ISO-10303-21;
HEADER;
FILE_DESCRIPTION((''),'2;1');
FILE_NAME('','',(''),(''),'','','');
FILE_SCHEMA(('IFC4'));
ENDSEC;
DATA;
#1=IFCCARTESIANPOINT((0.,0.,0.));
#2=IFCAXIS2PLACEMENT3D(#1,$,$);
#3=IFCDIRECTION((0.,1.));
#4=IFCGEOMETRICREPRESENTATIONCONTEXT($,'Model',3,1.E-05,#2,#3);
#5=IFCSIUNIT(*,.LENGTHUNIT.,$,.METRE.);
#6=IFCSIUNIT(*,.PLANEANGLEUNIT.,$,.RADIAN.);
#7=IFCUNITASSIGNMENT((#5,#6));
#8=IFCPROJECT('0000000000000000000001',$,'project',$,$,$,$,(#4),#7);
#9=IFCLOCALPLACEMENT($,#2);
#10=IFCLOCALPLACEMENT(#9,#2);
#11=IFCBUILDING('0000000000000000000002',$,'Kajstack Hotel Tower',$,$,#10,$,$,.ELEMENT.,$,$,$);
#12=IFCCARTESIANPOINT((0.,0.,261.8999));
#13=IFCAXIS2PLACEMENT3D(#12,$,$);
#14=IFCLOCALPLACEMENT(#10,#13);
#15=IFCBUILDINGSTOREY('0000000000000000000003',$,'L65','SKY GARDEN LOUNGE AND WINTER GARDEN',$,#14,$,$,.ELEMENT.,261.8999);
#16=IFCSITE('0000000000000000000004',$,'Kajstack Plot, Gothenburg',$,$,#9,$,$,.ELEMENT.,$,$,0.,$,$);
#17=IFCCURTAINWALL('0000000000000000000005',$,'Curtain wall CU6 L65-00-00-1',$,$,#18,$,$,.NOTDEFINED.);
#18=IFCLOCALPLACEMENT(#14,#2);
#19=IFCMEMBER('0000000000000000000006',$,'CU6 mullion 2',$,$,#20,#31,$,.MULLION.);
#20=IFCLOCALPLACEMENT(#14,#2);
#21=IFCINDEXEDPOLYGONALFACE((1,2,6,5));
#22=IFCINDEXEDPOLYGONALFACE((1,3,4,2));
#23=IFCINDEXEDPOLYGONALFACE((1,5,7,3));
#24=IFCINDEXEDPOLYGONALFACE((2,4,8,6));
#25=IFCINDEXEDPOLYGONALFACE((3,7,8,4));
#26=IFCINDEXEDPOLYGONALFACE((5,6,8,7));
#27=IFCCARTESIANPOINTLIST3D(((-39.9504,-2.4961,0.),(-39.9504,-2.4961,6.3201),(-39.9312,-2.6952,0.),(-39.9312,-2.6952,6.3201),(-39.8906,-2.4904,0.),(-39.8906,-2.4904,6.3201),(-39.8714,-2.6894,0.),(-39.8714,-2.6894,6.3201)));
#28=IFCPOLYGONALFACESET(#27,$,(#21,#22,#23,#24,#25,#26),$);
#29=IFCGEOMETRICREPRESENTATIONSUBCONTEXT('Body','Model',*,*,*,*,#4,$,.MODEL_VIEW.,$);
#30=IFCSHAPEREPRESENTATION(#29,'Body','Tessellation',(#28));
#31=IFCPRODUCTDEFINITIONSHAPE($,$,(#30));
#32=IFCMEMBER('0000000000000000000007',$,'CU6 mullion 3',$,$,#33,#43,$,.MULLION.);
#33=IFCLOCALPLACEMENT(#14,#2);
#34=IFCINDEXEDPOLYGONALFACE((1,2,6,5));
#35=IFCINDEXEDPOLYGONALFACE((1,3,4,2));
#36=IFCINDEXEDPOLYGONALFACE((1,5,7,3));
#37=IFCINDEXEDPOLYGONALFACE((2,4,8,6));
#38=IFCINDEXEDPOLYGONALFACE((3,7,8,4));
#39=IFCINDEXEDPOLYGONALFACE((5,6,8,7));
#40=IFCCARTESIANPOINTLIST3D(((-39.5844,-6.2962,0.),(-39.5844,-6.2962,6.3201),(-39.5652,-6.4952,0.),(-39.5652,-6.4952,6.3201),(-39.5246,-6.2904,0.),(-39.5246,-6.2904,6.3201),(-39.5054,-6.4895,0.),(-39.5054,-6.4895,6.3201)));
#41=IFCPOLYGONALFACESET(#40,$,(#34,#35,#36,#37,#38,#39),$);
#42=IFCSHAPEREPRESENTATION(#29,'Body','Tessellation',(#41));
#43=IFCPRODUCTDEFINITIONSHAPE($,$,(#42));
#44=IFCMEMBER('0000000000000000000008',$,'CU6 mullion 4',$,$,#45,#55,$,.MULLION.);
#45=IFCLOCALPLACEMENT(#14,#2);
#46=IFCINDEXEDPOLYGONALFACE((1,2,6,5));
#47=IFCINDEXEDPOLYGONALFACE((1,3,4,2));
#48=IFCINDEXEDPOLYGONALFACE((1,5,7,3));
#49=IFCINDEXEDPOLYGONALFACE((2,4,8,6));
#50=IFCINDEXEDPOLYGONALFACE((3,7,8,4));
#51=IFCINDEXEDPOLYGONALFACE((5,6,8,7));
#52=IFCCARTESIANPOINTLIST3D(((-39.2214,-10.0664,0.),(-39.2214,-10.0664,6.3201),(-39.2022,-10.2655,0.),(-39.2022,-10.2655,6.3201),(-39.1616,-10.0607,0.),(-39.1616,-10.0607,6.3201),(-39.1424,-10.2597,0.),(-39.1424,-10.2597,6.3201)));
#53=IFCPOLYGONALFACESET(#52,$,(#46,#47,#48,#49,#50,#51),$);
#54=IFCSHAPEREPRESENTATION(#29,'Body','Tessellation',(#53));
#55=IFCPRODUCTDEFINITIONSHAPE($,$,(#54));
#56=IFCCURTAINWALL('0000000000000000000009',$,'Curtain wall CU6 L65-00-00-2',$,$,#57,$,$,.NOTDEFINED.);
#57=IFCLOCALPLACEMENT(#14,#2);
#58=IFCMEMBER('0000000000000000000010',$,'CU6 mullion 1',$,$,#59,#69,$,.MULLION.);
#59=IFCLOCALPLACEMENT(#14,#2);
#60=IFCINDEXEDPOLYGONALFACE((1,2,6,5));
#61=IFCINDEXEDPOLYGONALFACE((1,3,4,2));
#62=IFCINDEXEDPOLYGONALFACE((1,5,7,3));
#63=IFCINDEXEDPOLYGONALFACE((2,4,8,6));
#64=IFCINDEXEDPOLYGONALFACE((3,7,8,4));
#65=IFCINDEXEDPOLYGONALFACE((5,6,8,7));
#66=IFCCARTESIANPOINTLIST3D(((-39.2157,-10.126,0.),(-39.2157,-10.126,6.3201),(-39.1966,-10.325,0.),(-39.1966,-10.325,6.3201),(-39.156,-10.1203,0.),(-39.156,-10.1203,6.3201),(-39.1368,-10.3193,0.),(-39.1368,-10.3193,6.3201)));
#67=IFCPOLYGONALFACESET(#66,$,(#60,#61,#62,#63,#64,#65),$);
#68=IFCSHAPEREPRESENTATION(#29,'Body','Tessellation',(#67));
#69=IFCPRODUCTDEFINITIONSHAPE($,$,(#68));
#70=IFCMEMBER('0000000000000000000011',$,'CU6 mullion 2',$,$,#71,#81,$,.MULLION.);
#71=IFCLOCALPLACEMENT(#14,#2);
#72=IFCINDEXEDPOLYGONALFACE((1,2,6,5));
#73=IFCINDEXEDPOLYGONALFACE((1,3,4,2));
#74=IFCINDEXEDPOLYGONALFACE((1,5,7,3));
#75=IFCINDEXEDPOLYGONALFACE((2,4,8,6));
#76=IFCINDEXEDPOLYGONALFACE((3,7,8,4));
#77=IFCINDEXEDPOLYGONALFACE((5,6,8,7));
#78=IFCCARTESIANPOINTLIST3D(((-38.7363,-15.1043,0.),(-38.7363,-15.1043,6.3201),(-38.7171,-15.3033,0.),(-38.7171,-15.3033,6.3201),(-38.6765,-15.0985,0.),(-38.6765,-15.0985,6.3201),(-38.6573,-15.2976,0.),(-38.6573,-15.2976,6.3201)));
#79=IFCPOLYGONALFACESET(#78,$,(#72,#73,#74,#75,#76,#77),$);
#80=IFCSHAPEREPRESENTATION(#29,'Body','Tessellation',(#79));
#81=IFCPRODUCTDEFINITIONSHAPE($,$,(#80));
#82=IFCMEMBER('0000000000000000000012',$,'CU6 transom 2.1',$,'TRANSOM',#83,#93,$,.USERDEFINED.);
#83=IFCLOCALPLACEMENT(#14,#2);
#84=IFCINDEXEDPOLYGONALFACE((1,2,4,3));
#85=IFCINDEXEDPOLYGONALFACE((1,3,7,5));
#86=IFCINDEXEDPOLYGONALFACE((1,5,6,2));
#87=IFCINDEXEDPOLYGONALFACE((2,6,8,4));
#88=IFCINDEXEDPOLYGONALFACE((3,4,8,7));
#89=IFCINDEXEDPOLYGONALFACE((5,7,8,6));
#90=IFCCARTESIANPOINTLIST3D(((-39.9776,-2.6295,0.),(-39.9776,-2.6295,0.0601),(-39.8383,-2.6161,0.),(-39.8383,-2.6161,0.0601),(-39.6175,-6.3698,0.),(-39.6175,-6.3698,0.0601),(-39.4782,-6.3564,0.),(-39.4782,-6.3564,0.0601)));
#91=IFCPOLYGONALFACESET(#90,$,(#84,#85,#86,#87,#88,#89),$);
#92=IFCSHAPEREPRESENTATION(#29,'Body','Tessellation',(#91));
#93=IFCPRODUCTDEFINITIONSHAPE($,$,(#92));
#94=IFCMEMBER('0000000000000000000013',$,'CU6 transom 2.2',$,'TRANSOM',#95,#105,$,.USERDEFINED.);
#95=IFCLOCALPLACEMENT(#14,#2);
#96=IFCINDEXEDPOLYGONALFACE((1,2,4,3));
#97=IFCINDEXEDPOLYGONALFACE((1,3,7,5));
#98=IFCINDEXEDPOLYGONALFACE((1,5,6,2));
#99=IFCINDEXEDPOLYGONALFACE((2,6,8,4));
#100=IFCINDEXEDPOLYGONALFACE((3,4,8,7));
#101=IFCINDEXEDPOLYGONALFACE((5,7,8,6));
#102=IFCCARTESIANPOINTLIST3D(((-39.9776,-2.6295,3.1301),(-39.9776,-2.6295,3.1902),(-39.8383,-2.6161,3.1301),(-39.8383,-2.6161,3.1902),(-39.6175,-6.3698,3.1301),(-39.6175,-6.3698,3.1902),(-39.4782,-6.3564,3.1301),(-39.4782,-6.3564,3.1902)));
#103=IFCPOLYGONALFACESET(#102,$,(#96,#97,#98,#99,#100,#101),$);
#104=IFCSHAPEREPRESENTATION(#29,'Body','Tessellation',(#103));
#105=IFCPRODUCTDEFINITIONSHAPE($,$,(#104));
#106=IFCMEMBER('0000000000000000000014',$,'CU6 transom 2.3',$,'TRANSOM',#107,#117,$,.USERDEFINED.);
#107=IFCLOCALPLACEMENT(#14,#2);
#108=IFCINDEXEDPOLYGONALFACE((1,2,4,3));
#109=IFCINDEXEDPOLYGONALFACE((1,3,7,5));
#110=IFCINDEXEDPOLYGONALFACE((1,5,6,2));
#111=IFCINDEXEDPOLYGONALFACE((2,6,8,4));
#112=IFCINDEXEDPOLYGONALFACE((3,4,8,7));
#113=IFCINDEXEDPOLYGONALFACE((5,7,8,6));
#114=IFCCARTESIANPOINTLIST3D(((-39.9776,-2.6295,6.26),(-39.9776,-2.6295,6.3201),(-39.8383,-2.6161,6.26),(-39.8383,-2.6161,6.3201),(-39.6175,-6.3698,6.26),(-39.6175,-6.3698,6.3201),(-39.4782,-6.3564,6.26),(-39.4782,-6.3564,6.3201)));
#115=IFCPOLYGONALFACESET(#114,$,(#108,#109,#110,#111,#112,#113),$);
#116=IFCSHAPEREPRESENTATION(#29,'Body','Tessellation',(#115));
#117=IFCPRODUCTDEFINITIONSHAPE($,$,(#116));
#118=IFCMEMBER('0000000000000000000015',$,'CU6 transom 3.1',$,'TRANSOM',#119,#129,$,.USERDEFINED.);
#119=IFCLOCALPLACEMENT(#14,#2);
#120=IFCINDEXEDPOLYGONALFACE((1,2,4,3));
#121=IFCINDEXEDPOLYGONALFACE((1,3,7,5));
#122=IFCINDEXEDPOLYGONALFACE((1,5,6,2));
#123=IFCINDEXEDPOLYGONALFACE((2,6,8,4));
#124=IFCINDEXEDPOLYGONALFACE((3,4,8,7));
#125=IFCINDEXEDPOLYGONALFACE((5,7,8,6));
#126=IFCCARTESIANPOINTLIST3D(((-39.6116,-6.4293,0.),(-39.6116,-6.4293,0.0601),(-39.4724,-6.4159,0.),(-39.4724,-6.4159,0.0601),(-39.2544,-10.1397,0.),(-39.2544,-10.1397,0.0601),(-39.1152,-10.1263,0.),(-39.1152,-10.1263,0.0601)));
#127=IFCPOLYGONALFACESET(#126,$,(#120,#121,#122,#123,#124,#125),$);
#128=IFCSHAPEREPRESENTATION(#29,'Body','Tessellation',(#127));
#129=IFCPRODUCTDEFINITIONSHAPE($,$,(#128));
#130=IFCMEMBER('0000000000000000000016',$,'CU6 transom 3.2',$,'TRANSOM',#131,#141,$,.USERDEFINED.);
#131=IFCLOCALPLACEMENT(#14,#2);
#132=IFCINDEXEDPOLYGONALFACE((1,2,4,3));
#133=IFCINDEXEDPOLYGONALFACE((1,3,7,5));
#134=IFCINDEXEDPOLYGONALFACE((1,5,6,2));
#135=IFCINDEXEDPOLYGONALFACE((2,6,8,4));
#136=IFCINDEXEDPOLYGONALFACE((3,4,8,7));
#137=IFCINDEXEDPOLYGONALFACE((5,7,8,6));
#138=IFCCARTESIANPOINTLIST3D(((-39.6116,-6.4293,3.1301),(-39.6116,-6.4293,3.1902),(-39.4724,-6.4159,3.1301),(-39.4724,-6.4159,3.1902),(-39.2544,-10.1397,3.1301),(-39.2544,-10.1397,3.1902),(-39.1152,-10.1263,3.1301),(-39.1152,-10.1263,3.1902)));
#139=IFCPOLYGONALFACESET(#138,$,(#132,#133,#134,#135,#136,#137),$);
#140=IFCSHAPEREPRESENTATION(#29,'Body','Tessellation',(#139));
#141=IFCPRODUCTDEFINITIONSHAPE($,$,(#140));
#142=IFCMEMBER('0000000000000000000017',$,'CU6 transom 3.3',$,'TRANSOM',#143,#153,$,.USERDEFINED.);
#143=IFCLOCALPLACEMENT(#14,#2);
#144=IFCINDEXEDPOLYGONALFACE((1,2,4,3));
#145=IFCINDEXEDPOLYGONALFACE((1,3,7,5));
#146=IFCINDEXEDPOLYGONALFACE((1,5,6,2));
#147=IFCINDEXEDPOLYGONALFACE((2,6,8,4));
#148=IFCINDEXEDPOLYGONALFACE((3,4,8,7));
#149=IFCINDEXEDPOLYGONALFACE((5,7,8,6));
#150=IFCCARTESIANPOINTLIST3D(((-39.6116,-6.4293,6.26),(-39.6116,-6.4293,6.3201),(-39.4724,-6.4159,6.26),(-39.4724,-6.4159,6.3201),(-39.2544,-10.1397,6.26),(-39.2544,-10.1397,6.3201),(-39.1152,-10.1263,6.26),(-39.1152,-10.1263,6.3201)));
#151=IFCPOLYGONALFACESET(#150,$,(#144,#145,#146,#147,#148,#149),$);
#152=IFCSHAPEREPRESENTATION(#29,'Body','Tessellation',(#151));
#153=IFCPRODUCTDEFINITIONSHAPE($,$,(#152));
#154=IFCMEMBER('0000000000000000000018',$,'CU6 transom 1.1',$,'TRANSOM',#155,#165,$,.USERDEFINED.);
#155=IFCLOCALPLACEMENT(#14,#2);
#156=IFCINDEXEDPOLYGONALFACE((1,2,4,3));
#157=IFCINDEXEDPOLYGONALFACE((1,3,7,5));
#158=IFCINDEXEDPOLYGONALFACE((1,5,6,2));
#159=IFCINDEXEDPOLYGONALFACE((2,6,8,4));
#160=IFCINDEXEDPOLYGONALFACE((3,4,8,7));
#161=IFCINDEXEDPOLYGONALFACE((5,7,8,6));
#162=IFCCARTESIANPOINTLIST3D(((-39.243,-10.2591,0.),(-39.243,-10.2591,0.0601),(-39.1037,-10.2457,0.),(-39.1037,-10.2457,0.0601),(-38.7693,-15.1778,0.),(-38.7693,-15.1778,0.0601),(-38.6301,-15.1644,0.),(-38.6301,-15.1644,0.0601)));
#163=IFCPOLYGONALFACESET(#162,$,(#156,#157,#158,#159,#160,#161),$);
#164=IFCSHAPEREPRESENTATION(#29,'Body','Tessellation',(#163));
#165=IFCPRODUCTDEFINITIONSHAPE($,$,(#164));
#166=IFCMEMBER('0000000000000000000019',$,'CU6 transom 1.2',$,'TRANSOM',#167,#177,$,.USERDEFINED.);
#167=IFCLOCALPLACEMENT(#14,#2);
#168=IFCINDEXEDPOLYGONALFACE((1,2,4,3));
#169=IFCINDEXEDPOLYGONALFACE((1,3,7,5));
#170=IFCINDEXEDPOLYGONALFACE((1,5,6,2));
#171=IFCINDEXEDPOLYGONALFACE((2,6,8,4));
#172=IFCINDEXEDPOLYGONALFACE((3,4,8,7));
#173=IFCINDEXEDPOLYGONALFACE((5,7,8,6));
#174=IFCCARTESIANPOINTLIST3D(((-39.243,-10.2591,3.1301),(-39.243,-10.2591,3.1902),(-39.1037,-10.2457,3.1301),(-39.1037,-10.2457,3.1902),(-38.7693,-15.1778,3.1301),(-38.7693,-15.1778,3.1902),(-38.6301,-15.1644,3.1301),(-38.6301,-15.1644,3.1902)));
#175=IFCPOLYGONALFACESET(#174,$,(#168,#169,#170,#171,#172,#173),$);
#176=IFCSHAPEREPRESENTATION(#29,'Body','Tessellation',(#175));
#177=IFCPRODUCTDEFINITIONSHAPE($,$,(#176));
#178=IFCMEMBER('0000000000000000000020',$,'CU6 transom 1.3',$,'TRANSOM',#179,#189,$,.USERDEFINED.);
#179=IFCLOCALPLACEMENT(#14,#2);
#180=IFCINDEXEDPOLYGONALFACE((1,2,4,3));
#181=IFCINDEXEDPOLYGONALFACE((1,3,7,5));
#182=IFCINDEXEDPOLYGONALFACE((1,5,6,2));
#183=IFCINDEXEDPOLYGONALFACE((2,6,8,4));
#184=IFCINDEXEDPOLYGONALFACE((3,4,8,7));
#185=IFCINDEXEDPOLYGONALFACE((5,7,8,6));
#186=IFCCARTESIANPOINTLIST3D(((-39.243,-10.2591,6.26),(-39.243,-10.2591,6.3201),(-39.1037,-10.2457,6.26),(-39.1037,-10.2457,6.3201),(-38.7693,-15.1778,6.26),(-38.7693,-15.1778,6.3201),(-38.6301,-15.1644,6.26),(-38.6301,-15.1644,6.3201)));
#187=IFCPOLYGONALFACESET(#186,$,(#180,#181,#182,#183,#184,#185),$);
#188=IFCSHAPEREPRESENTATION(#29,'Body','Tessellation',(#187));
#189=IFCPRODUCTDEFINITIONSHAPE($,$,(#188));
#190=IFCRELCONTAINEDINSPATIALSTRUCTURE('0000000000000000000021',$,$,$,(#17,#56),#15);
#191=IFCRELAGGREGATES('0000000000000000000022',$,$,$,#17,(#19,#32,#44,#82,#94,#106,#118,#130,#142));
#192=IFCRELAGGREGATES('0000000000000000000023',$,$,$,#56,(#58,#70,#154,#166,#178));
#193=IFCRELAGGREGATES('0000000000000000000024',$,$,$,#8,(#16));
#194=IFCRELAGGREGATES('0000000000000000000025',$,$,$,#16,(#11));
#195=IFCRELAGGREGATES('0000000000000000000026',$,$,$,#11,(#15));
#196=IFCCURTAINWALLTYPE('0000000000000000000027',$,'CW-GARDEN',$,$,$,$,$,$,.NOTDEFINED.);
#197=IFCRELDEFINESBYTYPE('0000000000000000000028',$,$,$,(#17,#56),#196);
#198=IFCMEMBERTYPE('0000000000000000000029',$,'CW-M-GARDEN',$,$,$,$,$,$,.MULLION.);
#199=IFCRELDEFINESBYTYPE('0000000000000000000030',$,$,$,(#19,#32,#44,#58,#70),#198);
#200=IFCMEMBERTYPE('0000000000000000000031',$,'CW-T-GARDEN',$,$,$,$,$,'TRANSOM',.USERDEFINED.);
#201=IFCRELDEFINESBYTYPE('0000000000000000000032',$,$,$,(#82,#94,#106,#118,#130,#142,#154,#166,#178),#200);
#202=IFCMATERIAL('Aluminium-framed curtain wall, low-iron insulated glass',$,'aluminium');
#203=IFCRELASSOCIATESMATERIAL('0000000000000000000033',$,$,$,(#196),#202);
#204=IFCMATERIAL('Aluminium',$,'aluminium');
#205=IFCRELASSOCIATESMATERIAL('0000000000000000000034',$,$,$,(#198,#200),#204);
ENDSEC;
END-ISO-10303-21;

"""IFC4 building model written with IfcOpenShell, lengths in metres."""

from ifc_helpers import new_model, si_unit, direction, frame, origin, origin_2d, place, context, subcontext, project, spatial, rectangle, extrude, material, material_profile, profile_set, type_object, element, aggregate, save


model = new_model("IFC4")

# Units and contexts
model_context = context("Model", 3, precision=1e-05, world=origin(), true_north=direction((0.0, 1.0)))
body_context = subcontext(model_context, "Body", "Model", "MODEL_VIEW")
ifc_project = project(units=[si_unit("LENGTHUNIT", "METRE"), si_unit("PLANEANGLEUNIT", "RADIAN")], contexts=[model_context])

# Site, building, storey
site_placement = place(None, origin())
site = spatial("IfcSite", under=ifc_project, at=site_placement, Name="Kajstack Plot, Gothenburg", CompositionType="ELEMENT", RefElevation=0.0)
building_placement = place(site_placement, origin())
building = spatial("IfcBuilding", under=site, at=building_placement, Name="Kajstack Hotel Tower", CompositionType="ELEMENT")
storey_placement = place(building_placement, frame((0.0, 0.0, 261.8999)))
storey = spatial("IfcBuildingStorey", under=building, at=storey_placement, Name="L65", Description="SKY GARDEN LOUNGE AND WINTER GARDEN", CompositionType="ELEMENT", Elevation=261.8999)

# Curtain walls, members
ifc_material_1 = material(Name="Aluminium-framed curtain wall, low-iron insulated glass", Category="aluminium")
curtain_wall_type = type_object("IfcCurtainWallType", Name="CW-GARDEN", PredefinedType="NOTDEFINED", material=ifc_material_1)
curtain_wall_1_placement = place(storey_placement, origin())
curtain_wall_1 = element("IfcCurtainWall", 1, at=curtain_wall_1_placement, inside=storey, type_object=curtain_wall_type, Name="Curtain wall CU6 L65-00-00-1", PredefinedType="NOTDEFINED")
ifc_material_2 = material(Name="Aluminium", Category="aluminium")
ifc_material_profile_1 = material_profile(ifc_material_2, rectangle(XDim=0.0601, YDim=0.2, at=origin_2d()), Name="Aluminium mullion 60 x 200")
ifc_profile_set_1 = profile_set([ifc_material_profile_1], Name="Aluminium")
member_type_1 = type_object("IfcMemberType", Name="CW-M-GARDEN", PredefinedType="MULLION", material=ifc_profile_set_1)
member_1_placement = place(storey_placement, frame((-39.9109, -2.5928, 0.0), z_axis=(0.0, 0.0, 1.0), x_axis=(0.995396, 0.095847, 0.0)))
member_1 = element("IfcMember", 2, at=member_1_placement, type_object=member_type_1, Name="CU6 mullion 2", PredefinedType="MULLION", context=body_context, shape_type="SweptSolid", body=[
    extrude(rectangle(XDim=0.0601, YDim=0.2, at=origin_2d()), origin(), (0.0, 0.0, 1.0), 6.3201),
])
member_2_placement = place(storey_placement, frame((-39.5449, -6.3928, 0.0), z_axis=(0.0, 0.0, 1.0), x_axis=(0.995396, 0.095847, 0.0)))
member_2 = element("IfcMember", 3, at=member_2_placement, type_object=member_type_1, Name="CU6 mullion 3", PredefinedType="MULLION", context=body_context, shape_type="SweptSolid", body=[
    extrude(rectangle(XDim=0.0601, YDim=0.2, at=origin_2d()), origin(), (0.0, 0.0, 1.0), 6.3201),
])
member_3_placement = place(storey_placement, frame((-39.1819, -10.1631, 0.0), z_axis=(0.0, 0.0, 1.0), x_axis=(0.995396, 0.095847, 0.0)))
member_3 = element("IfcMember", 4, at=member_3_placement, type_object=member_type_1, Name="CU6 mullion 4", PredefinedType="MULLION", context=body_context, shape_type="SweptSolid", body=[
    extrude(rectangle(XDim=0.0601, YDim=0.2, at=origin_2d()), origin(), (0.0, 0.0, 1.0), 6.3201),
])
curtain_wall_2_placement = place(storey_placement, origin())
curtain_wall_2 = element("IfcCurtainWall", 5, at=curtain_wall_2_placement, inside=storey, type_object=curtain_wall_type, Name="Curtain wall CU6 L65-00-00-2", PredefinedType="NOTDEFINED")
member_4_placement = place(storey_placement, frame((-39.1763, -10.2227, 0.0), z_axis=(0.0, 0.0, 1.0), x_axis=(0.995396, 0.095847, 0.0)))
member_4 = element("IfcMember", 6, at=member_4_placement, type_object=member_type_1, Name="CU6 mullion 1", PredefinedType="MULLION", context=body_context, shape_type="SweptSolid", body=[
    extrude(rectangle(XDim=0.0601, YDim=0.2, at=origin_2d()), origin(), (0.0, 0.0, 1.0), 6.3201),
])
member_5_placement = place(storey_placement, frame((-38.6968, -15.2009, 0.0), z_axis=(0.0, 0.0, 1.0), x_axis=(0.995396, 0.095847, 0.0)))
member_5 = element("IfcMember", 7, at=member_5_placement, type_object=member_type_1, Name="CU6 mullion 2", PredefinedType="MULLION", context=body_context, shape_type="SweptSolid", body=[
    extrude(rectangle(XDim=0.0601, YDim=0.2, at=origin_2d()), origin(), (0.0, 0.0, 1.0), 6.3201),
])

# Members
ifc_material_profile_2 = material_profile(ifc_material_2, rectangle(XDim=0.1399, YDim=0.0601, at=origin_2d()), Name="Aluminium transom 140 x 60")
ifc_profile_set_2 = profile_set([ifc_material_profile_2], Name="Aluminium")
member_type_2 = type_object("IfcMemberType", Name="CW-T-GARDEN", ElementType="TRANSOM", PredefinedType="USERDEFINED", material=ifc_profile_set_2)
member_6_placement = place(storey_placement, frame((-39.908, -2.6228, 0.03), z_axis=(0.095836, -0.995397, 0.0), x_axis=(0.995397, 0.095836, 0.0)))
member_6 = element("IfcMember", 8, at=member_6_placement, type_object=member_type_2, Name="CU6 transom 2.1", ObjectType="TRANSOM", PredefinedType="USERDEFINED", context=body_context, shape_type="SweptSolid", body=[
    extrude(rectangle(XDim=0.1399, YDim=0.0601, at=origin_2d()), origin(), (0.0, 0.0, 1.0), 3.7576),
])
member_7_placement = place(storey_placement, frame((-39.908, -2.6228, 3.1602), z_axis=(0.095836, -0.995397, 0.0), x_axis=(0.995397, 0.095836, 0.0)))
member_7 = element("IfcMember", 9, at=member_7_placement, type_object=member_type_2, Name="CU6 transom 2.2", ObjectType="TRANSOM", PredefinedType="USERDEFINED", context=body_context, shape_type="SweptSolid", body=[
    extrude(rectangle(XDim=0.1399, YDim=0.0601, at=origin_2d()), origin(), (0.0, 0.0, 1.0), 3.7576),
])
member_8_placement = place(storey_placement, frame((-39.908, -2.6228, 6.29), z_axis=(0.095836, -0.995397, 0.0), x_axis=(0.995397, 0.095836, 0.0)))
member_8 = element("IfcMember", 10, at=member_8_placement, type_object=member_type_2, Name="CU6 transom 2.3", ObjectType="TRANSOM", PredefinedType="USERDEFINED", context=body_context, shape_type="SweptSolid", body=[
    extrude(rectangle(XDim=0.1399, YDim=0.0601, at=origin_2d()), origin(), (0.0, 0.0, 1.0), 3.7576),
])
member_9_placement = place(storey_placement, frame((-39.542, -6.4226, 0.03), z_axis=(0.09582, -0.995399, 0.0), x_axis=(0.995399, 0.09582, 0.0)))
member_9 = element("IfcMember", 11, at=member_9_placement, type_object=member_type_2, Name="CU6 transom 3.1", ObjectType="TRANSOM", PredefinedType="USERDEFINED", context=body_context, shape_type="SweptSolid", body=[
    extrude(rectangle(XDim=0.1399, YDim=0.0601, at=origin_2d()), origin(), (0.0, 0.0, 1.0), 3.7275),
])
member_10_placement = place(storey_placement, frame((-39.542, -6.4226, 3.1602), z_axis=(0.09582, -0.995399, 0.0), x_axis=(0.995399, 0.09582, 0.0)))
member_10 = element("IfcMember", 12, at=member_10_placement, type_object=member_type_2, Name="CU6 transom 3.2", ObjectType="TRANSOM", PredefinedType="USERDEFINED", context=body_context, shape_type="SweptSolid", body=[
    extrude(rectangle(XDim=0.1399, YDim=0.0601, at=origin_2d()), origin(), (0.0, 0.0, 1.0), 3.7275),
])
member_11_placement = place(storey_placement, frame((-39.542, -6.4226, 6.29), z_axis=(0.09582, -0.995399, 0.0), x_axis=(0.995399, 0.09582, 0.0)))
member_11 = element("IfcMember", 13, at=member_11_placement, type_object=member_type_2, Name="CU6 transom 3.3", ObjectType="TRANSOM", PredefinedType="USERDEFINED", context=body_context, shape_type="SweptSolid", body=[
    extrude(rectangle(XDim=0.1399, YDim=0.0601, at=origin_2d()), origin(), (0.0, 0.0, 1.0), 3.7275),
])
member_12_placement = place(storey_placement, frame((-39.1733, -10.2524, 0.03), z_axis=(0.095849, -0.995396, 0.0), x_axis=(0.995396, 0.095849, 0.0)))
member_12 = element("IfcMember", 14, at=member_12_placement, type_object=member_type_2, Name="CU6 transom 1.1", ObjectType="TRANSOM", PredefinedType="USERDEFINED", context=body_context, shape_type="SweptSolid", body=[
    extrude(rectangle(XDim=0.1399, YDim=0.0601, at=origin_2d()), origin(), (0.0, 0.0, 1.0), 4.9414),
])
member_13_placement = place(storey_placement, frame((-39.1733, -10.2524, 3.1602), z_axis=(0.095849, -0.995396, 0.0), x_axis=(0.995396, 0.095849, 0.0)))
member_13 = element("IfcMember", 15, at=member_13_placement, type_object=member_type_2, Name="CU6 transom 1.2", ObjectType="TRANSOM", PredefinedType="USERDEFINED", context=body_context, shape_type="SweptSolid", body=[
    extrude(rectangle(XDim=0.1399, YDim=0.0601, at=origin_2d()), origin(), (0.0, 0.0, 1.0), 4.9414),
])
member_14_placement = place(storey_placement, frame((-39.1733, -10.2524, 6.29), z_axis=(0.095849, -0.995396, 0.0), x_axis=(0.995396, 0.095849, 0.0)))
member_14 = element("IfcMember", 16, at=member_14_placement, type_object=member_type_2, Name="CU6 transom 1.3", ObjectType="TRANSOM", PredefinedType="USERDEFINED", context=body_context, shape_type="SweptSolid", body=[
    extrude(rectangle(XDim=0.1399, YDim=0.0601, at=origin_2d()), origin(), (0.0, 0.0, 1.0), 4.9414),
])

aggregate(curtain_wall_1, [member_1, member_2, member_3, member_6, member_7, member_8, member_9, member_10, member_11])
aggregate(curtain_wall_2, [member_4, member_5, member_12, member_13, member_14])

save(model, "model.ifc")
